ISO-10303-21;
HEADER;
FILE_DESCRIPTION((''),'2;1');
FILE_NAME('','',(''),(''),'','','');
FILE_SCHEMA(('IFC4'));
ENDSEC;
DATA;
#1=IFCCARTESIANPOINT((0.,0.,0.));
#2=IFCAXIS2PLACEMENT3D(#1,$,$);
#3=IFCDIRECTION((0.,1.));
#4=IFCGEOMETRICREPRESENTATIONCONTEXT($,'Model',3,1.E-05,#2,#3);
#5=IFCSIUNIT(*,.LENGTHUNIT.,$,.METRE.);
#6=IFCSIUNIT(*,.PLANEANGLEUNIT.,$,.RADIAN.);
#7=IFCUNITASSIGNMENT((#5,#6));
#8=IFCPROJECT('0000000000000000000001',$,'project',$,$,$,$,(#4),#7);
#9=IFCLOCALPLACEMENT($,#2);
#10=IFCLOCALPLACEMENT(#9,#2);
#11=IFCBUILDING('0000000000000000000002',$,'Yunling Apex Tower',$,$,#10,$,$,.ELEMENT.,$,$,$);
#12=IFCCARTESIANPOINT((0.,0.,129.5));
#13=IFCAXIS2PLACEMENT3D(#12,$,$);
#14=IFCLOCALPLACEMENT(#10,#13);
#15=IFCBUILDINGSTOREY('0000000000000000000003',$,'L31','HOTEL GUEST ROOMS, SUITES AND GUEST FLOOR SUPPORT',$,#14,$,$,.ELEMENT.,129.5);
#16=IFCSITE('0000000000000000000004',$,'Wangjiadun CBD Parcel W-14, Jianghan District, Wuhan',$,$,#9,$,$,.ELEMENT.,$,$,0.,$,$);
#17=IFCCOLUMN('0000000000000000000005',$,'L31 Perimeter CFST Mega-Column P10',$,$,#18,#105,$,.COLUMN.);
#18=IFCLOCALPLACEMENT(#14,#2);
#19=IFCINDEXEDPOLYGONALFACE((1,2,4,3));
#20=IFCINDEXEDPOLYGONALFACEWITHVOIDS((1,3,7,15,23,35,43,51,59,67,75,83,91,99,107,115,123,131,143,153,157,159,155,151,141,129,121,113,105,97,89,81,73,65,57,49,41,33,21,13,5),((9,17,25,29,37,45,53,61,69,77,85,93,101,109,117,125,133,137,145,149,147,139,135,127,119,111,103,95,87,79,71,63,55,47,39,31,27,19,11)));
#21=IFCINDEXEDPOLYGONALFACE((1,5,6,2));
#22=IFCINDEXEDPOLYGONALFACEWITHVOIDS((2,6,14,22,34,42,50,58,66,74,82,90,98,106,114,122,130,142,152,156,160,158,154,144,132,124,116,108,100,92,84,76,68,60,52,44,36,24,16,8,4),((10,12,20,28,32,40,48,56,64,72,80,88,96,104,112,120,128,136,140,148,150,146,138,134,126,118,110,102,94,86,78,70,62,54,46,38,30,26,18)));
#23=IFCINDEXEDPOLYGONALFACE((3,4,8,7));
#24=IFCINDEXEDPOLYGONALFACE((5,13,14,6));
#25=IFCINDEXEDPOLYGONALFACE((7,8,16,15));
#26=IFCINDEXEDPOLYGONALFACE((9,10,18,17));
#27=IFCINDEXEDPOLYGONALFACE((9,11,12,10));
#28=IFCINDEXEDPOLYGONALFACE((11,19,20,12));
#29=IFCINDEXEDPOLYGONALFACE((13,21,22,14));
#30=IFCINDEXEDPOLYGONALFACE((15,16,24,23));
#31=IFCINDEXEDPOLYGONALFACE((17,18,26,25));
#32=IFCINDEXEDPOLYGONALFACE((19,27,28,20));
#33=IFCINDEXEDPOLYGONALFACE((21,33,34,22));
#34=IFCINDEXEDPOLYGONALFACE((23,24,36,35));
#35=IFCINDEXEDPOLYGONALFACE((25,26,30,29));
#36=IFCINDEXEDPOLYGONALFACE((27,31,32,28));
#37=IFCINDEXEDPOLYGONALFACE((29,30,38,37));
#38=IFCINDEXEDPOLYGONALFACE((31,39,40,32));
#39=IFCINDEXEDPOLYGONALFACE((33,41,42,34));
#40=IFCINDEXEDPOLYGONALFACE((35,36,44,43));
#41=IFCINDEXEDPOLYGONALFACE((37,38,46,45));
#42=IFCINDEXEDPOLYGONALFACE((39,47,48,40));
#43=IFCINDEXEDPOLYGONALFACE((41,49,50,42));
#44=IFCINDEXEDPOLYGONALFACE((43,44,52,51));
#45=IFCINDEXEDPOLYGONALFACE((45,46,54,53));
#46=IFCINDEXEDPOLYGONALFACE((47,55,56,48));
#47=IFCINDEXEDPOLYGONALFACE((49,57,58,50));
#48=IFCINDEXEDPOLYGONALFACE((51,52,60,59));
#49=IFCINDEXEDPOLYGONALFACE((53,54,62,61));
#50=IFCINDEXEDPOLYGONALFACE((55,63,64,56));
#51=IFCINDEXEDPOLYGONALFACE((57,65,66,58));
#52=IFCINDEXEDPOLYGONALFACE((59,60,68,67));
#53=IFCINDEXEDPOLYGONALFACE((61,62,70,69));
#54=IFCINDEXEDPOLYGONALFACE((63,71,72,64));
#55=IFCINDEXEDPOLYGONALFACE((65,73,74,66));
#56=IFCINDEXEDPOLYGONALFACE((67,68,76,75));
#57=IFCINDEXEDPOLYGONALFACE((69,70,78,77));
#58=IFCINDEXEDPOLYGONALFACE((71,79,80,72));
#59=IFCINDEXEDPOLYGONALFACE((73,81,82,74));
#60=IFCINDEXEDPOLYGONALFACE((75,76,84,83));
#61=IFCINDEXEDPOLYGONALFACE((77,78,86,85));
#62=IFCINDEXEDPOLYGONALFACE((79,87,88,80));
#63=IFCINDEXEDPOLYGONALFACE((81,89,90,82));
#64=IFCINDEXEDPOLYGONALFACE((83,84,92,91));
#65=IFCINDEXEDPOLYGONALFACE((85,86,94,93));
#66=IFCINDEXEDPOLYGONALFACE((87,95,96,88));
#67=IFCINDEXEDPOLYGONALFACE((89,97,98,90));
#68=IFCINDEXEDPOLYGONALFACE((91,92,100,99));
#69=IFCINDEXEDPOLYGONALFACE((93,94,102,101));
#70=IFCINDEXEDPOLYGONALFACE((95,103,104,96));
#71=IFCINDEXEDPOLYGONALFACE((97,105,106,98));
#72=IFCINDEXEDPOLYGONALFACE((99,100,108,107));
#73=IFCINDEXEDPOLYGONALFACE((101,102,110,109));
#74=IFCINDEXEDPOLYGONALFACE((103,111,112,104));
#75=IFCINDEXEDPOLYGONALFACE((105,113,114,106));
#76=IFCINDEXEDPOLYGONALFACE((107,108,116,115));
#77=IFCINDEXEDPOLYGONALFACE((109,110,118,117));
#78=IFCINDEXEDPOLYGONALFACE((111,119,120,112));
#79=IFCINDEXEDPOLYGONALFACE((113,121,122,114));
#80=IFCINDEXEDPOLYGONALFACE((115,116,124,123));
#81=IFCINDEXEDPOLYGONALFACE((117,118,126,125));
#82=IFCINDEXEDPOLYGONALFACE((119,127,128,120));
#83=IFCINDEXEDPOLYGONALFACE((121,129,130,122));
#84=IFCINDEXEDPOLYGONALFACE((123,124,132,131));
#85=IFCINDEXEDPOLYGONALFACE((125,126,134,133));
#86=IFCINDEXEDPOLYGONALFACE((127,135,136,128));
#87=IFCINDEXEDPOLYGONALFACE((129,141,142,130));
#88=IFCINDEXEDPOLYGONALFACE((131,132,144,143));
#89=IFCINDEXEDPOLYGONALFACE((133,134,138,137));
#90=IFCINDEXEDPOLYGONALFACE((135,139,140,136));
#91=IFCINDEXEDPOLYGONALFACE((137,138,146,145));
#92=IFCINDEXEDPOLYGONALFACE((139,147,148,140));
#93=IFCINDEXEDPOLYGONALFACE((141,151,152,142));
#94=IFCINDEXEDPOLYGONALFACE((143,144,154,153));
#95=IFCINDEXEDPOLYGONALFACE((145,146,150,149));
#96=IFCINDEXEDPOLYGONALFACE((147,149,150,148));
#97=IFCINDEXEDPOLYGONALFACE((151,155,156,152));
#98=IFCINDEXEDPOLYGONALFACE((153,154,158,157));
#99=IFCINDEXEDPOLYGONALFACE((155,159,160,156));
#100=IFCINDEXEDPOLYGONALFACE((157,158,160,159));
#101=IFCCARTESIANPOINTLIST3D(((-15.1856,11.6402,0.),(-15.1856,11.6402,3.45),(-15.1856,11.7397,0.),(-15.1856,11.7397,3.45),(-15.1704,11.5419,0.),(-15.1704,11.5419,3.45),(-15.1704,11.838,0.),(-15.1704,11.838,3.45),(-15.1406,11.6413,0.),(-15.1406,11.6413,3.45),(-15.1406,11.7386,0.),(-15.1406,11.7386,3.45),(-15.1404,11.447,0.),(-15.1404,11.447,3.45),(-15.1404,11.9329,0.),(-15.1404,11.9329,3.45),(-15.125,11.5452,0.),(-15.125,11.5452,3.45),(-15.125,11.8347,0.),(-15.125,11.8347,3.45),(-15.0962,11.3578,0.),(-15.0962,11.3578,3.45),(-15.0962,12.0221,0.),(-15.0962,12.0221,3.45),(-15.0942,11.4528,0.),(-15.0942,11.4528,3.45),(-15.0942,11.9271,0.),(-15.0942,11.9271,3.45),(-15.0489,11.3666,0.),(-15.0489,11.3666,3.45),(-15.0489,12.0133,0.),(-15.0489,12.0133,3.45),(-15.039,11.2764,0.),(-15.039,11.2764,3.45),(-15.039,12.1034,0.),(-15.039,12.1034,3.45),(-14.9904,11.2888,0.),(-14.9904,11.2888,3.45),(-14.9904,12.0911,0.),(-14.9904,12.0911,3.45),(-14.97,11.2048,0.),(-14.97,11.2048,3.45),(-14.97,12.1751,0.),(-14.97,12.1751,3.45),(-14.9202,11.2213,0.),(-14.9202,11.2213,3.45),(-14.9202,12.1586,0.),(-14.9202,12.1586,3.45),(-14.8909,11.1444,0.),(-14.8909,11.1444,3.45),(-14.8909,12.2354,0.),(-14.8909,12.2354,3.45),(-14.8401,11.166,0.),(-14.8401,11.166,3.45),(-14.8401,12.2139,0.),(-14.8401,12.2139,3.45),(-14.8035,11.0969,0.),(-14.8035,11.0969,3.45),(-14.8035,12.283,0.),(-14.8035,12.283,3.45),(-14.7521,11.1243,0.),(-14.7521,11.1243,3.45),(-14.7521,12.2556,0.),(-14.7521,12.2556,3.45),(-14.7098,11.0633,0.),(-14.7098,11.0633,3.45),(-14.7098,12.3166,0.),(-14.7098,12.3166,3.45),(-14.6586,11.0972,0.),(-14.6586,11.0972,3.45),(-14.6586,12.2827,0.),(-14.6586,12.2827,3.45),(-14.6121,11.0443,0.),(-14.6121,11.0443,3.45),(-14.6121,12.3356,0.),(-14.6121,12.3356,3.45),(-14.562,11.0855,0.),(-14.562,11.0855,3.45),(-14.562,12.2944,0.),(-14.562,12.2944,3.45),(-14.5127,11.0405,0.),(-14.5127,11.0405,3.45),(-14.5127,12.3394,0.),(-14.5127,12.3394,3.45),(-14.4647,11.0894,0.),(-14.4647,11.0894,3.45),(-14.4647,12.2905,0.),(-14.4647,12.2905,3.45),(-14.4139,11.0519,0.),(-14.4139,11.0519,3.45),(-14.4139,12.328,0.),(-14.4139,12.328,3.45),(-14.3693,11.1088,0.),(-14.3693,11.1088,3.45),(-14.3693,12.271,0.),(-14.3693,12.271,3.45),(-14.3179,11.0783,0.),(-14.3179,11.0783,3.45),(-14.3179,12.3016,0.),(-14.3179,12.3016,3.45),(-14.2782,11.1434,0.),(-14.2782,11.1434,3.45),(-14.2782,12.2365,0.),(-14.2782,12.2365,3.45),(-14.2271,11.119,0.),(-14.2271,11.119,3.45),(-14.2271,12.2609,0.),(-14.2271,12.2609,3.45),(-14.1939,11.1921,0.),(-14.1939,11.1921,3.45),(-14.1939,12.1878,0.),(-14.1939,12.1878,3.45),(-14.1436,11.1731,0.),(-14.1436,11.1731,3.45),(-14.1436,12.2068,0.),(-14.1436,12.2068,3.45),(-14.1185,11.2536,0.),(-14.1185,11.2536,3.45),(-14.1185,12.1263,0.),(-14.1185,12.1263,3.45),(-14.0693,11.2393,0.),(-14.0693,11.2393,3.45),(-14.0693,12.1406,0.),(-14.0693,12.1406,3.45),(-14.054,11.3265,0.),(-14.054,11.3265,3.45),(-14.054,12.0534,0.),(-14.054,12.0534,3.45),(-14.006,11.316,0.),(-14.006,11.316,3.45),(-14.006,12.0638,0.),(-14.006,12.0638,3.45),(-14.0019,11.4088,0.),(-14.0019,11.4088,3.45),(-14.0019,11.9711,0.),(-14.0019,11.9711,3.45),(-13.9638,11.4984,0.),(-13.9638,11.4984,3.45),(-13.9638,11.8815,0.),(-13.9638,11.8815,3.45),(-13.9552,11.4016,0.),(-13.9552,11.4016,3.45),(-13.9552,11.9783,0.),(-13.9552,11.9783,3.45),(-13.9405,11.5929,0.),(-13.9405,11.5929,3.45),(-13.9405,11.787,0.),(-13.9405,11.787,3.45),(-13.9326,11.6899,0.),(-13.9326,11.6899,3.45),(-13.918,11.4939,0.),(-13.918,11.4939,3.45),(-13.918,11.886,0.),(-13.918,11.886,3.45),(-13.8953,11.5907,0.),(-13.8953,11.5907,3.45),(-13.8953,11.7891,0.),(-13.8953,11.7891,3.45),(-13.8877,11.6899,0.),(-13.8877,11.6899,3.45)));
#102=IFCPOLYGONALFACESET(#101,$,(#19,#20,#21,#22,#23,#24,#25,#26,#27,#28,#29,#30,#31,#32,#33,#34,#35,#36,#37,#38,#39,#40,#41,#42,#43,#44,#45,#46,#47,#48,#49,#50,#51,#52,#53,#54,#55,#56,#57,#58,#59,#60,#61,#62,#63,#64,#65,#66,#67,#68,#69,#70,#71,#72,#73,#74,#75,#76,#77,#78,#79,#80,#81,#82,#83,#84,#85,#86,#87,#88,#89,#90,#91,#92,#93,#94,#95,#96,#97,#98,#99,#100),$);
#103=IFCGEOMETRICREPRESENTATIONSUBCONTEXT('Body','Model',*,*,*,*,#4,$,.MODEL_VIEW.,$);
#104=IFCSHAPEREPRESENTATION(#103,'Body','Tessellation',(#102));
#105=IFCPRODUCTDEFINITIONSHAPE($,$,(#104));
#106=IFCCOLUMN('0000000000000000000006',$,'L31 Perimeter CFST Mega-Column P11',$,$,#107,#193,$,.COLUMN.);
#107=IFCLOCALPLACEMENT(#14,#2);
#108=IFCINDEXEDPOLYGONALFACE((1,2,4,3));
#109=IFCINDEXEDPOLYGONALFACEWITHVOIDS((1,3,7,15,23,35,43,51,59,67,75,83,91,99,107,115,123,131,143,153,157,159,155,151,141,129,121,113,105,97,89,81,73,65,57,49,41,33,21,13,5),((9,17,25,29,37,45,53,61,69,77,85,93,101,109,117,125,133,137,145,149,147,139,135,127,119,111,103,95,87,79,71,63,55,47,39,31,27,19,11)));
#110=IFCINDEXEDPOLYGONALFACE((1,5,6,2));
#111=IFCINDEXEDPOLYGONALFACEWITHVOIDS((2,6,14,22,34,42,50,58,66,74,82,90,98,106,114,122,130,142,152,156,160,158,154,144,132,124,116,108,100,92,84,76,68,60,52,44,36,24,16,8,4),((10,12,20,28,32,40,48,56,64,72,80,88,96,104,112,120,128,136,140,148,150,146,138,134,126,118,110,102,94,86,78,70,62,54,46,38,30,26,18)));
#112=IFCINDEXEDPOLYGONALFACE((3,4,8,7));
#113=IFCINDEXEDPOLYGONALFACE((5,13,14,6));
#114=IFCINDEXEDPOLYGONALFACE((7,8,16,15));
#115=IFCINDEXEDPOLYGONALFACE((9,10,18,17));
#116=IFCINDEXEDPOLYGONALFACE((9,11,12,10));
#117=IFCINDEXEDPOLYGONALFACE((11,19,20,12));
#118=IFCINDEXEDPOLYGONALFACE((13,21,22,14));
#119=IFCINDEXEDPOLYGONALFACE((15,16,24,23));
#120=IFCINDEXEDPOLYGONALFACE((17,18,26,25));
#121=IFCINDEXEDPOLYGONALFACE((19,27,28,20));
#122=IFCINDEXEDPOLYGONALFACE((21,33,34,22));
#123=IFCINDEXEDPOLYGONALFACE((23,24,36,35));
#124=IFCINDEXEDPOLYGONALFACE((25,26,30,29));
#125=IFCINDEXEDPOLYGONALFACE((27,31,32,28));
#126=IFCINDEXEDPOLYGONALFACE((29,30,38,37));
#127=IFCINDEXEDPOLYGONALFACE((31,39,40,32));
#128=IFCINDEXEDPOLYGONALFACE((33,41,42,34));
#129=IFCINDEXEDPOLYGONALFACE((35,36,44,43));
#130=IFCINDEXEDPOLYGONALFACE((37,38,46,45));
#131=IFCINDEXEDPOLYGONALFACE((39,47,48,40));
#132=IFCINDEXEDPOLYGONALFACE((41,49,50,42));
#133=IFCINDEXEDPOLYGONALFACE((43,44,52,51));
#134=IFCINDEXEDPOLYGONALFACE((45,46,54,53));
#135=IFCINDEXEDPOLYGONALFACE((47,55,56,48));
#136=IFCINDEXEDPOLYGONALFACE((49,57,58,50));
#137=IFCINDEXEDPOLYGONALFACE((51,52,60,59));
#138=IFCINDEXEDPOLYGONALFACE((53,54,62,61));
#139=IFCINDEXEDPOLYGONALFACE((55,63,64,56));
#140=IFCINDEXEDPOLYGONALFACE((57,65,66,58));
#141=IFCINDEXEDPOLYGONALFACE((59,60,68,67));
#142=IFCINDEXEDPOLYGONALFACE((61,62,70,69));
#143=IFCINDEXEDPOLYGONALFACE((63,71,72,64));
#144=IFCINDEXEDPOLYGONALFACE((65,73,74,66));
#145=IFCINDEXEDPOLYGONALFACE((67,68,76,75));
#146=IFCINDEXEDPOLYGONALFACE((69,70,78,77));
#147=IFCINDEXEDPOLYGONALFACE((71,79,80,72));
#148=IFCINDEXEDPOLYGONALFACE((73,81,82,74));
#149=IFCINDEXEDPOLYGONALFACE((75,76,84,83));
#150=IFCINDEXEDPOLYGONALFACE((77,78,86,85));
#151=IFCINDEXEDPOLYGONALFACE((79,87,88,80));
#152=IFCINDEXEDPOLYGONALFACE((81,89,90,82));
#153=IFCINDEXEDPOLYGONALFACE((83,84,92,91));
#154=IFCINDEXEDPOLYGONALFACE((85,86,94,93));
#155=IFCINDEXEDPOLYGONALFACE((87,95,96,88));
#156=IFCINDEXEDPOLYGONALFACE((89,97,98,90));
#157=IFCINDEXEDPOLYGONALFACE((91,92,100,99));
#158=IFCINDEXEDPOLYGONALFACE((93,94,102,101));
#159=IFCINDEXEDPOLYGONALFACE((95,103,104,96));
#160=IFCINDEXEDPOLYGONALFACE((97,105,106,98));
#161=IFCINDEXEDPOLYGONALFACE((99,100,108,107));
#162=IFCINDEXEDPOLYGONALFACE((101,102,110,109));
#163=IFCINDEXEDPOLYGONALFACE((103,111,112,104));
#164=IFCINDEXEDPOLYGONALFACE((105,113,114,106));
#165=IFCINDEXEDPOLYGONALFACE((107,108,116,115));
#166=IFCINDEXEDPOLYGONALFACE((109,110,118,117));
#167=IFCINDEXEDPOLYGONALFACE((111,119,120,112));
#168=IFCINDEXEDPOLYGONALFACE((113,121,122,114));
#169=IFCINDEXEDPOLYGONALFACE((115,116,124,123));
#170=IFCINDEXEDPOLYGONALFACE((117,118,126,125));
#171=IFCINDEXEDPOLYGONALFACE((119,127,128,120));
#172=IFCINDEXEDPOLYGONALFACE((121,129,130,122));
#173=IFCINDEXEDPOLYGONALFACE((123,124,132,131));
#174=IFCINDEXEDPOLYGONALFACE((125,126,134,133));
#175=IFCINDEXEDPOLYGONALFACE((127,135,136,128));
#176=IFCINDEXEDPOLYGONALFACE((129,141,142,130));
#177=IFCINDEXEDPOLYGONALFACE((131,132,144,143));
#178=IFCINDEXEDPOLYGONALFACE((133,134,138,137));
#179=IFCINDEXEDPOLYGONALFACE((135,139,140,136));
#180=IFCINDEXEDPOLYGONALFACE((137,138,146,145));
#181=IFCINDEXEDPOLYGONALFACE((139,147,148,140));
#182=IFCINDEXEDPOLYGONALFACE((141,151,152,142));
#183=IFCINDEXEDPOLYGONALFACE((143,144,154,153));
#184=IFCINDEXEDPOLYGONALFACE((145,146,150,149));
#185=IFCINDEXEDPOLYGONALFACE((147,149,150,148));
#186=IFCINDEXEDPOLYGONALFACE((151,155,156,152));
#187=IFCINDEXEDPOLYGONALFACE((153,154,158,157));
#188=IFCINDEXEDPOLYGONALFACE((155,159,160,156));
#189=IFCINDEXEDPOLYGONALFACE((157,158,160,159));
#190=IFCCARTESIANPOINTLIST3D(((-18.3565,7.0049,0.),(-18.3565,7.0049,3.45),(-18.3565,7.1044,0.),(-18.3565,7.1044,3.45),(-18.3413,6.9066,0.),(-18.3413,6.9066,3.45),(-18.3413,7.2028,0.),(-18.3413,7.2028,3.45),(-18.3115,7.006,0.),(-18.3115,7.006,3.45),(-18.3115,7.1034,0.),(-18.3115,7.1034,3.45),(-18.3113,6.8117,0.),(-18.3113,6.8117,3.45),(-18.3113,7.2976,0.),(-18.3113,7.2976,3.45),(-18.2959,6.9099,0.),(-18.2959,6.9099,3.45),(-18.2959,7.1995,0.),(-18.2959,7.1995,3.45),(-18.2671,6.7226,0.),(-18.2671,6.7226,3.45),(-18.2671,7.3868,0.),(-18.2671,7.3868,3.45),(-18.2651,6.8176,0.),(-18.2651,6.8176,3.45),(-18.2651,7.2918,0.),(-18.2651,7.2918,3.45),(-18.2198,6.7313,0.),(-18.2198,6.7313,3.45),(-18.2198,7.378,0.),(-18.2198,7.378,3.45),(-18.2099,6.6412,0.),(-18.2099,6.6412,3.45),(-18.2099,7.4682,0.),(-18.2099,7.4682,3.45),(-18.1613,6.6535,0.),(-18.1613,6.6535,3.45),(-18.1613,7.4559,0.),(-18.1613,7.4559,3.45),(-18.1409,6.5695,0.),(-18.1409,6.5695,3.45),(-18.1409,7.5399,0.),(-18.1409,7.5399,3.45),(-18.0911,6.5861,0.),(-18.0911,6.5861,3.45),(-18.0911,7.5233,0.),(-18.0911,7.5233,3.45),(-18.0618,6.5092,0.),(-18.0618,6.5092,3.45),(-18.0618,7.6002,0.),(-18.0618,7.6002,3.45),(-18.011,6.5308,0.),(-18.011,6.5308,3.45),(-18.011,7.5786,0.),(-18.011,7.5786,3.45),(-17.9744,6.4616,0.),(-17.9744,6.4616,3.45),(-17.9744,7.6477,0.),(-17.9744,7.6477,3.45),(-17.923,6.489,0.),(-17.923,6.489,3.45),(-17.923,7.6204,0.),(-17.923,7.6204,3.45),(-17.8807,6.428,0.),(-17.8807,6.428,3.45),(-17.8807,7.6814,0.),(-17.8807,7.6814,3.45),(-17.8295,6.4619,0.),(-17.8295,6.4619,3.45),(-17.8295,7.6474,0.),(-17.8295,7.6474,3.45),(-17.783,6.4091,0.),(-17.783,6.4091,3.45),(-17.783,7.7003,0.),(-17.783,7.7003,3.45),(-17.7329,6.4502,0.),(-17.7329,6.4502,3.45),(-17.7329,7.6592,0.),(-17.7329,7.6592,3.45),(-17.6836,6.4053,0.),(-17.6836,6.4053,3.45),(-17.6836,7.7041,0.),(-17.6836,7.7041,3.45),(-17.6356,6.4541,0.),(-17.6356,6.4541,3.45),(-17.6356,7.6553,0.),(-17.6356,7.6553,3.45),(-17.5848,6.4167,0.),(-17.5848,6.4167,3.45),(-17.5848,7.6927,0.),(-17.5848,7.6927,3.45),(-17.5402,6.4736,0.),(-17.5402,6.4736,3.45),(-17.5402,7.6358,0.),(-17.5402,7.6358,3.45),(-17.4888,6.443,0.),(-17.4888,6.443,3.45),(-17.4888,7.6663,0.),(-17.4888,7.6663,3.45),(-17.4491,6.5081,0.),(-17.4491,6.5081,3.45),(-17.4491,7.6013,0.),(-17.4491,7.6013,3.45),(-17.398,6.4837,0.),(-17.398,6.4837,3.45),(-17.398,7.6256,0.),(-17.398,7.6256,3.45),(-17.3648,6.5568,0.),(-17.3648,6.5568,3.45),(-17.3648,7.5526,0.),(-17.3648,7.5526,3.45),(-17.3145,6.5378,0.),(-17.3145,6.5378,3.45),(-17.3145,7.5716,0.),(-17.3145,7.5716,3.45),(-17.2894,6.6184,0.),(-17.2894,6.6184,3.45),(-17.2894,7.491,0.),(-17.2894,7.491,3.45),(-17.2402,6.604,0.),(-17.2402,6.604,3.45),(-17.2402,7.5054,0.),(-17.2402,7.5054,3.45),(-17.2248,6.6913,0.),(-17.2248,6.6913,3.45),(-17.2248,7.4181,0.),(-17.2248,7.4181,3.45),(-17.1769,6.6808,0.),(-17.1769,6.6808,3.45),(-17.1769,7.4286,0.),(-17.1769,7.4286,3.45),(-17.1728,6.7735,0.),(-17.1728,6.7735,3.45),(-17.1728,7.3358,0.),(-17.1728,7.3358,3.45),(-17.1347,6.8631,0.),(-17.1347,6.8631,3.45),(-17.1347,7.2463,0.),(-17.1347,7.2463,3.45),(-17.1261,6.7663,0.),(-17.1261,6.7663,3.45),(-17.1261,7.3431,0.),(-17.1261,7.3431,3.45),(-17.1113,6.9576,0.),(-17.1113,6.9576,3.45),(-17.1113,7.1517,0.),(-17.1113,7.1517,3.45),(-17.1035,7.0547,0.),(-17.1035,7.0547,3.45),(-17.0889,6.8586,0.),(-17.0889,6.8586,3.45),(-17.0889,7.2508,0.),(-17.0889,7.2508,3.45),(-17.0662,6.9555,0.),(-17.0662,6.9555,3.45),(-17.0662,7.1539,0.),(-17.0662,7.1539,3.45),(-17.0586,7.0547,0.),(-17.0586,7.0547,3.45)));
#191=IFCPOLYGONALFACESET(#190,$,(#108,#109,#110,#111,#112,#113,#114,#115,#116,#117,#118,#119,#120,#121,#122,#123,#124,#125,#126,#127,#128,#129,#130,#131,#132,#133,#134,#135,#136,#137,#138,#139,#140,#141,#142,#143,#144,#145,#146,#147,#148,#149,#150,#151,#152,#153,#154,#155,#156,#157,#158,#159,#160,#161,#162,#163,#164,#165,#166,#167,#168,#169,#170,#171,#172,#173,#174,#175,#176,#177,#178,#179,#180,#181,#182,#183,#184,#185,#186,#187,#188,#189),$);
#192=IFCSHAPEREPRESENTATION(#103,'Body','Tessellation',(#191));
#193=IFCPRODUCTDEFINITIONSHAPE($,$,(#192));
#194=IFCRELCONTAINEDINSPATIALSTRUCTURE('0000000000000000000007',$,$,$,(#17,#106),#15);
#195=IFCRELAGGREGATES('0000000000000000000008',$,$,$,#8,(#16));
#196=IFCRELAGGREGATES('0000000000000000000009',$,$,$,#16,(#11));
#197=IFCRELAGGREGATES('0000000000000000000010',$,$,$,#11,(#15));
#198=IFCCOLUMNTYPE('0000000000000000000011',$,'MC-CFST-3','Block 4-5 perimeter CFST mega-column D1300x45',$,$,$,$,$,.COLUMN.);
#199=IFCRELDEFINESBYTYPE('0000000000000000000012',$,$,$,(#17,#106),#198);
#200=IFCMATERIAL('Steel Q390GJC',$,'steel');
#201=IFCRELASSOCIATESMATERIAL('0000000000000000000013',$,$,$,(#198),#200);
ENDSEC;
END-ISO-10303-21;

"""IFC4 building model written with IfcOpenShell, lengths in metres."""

from ifc_helpers import new_model, si_unit, direction, frame, origin, origin_2d, place, context, subcontext, project, spatial, hollow_circle, extrude, source, transform, mapped, material, material_profile, profile_set, type_object, element, save


model = new_model("IFC4")

# Units and contexts
model_context = context("Model", 3, precision=1e-05, world=origin(), true_north=direction((0.0, 1.0)))
body_context = subcontext(model_context, "Body", "Model", "MODEL_VIEW")
ifc_project = project(units=[si_unit("LENGTHUNIT", "METRE"), si_unit("PLANEANGLEUNIT", "RADIAN")], contexts=[model_context])

# Site, building, storey
site_placement = place(None, origin())
site = spatial("IfcSite", under=ifc_project, at=site_placement, Name="Wangjiadun CBD Parcel W-14, Jianghan District, Wuhan", CompositionType="ELEMENT", RefElevation=0.0)
building_placement = place(site_placement, origin())
building = spatial("IfcBuilding", under=site, at=building_placement, Name="Yunling Apex Tower", CompositionType="ELEMENT")
storey_placement = place(building_placement, frame((0.0, 0.0, 129.5)))
storey = spatial("IfcBuildingStorey", under=building, at=storey_placement, Name="L31", Description="HOTEL GUEST ROOMS, SUITES AND GUEST FLOOR SUPPORT", CompositionType="ELEMENT", Elevation=129.5)

# Columns
ifc_material_1 = material(Name="Steel Q390GJC", Category="steel")
ifc_material_profile_1 = material_profile(ifc_material_1, hollow_circle(Radius=0.6499, WallThickness=0.0449, at=origin_2d()))
ifc_profile_set_1 = profile_set([ifc_material_profile_1], Name="Steel Q390GJC")
column_type = type_object("IfcColumnType", Name="MC-CFST-3", Description="Block 4-5 perimeter CFST mega-column D1300x45", PredefinedType="COLUMN", material=ifc_profile_set_1)
shared_shape_1 = source(origin(), body_context, "Body", "SweptSolid", [
    extrude(hollow_circle(Radius=0.6499, WallThickness=0.0449, at=origin_2d()), origin(), (0.0, 0.0, 1.0), 3.45),
])
for number, where, z_axis, x_axis, name in (
    (1, (-14.5376, 11.6899, 0.0), (0.0, 0.0, 1.0), (1.0, 0.0, 0.0), "L31 Perimeter CFST Mega-Column P10"),
    (2, (-17.7085, 7.0547, 0.0), (0.0, 0.0, 1.0), (1.0, 0.0, 0.0), "L31 Perimeter CFST Mega-Column P11"),
):
    element("IfcColumn", number, at=place(storey_placement, frame(where, z_axis=z_axis, x_axis=x_axis)), inside=storey, type_object=column_type, Name=name, PredefinedType="COLUMN", context=body_context, shape_type="MappedRepresentation", body=[
        mapped(shared_shape_1, transform((0.0, 0.0, 0.0), scale=1.0)),
    ])

save(model, "model.ifc")
